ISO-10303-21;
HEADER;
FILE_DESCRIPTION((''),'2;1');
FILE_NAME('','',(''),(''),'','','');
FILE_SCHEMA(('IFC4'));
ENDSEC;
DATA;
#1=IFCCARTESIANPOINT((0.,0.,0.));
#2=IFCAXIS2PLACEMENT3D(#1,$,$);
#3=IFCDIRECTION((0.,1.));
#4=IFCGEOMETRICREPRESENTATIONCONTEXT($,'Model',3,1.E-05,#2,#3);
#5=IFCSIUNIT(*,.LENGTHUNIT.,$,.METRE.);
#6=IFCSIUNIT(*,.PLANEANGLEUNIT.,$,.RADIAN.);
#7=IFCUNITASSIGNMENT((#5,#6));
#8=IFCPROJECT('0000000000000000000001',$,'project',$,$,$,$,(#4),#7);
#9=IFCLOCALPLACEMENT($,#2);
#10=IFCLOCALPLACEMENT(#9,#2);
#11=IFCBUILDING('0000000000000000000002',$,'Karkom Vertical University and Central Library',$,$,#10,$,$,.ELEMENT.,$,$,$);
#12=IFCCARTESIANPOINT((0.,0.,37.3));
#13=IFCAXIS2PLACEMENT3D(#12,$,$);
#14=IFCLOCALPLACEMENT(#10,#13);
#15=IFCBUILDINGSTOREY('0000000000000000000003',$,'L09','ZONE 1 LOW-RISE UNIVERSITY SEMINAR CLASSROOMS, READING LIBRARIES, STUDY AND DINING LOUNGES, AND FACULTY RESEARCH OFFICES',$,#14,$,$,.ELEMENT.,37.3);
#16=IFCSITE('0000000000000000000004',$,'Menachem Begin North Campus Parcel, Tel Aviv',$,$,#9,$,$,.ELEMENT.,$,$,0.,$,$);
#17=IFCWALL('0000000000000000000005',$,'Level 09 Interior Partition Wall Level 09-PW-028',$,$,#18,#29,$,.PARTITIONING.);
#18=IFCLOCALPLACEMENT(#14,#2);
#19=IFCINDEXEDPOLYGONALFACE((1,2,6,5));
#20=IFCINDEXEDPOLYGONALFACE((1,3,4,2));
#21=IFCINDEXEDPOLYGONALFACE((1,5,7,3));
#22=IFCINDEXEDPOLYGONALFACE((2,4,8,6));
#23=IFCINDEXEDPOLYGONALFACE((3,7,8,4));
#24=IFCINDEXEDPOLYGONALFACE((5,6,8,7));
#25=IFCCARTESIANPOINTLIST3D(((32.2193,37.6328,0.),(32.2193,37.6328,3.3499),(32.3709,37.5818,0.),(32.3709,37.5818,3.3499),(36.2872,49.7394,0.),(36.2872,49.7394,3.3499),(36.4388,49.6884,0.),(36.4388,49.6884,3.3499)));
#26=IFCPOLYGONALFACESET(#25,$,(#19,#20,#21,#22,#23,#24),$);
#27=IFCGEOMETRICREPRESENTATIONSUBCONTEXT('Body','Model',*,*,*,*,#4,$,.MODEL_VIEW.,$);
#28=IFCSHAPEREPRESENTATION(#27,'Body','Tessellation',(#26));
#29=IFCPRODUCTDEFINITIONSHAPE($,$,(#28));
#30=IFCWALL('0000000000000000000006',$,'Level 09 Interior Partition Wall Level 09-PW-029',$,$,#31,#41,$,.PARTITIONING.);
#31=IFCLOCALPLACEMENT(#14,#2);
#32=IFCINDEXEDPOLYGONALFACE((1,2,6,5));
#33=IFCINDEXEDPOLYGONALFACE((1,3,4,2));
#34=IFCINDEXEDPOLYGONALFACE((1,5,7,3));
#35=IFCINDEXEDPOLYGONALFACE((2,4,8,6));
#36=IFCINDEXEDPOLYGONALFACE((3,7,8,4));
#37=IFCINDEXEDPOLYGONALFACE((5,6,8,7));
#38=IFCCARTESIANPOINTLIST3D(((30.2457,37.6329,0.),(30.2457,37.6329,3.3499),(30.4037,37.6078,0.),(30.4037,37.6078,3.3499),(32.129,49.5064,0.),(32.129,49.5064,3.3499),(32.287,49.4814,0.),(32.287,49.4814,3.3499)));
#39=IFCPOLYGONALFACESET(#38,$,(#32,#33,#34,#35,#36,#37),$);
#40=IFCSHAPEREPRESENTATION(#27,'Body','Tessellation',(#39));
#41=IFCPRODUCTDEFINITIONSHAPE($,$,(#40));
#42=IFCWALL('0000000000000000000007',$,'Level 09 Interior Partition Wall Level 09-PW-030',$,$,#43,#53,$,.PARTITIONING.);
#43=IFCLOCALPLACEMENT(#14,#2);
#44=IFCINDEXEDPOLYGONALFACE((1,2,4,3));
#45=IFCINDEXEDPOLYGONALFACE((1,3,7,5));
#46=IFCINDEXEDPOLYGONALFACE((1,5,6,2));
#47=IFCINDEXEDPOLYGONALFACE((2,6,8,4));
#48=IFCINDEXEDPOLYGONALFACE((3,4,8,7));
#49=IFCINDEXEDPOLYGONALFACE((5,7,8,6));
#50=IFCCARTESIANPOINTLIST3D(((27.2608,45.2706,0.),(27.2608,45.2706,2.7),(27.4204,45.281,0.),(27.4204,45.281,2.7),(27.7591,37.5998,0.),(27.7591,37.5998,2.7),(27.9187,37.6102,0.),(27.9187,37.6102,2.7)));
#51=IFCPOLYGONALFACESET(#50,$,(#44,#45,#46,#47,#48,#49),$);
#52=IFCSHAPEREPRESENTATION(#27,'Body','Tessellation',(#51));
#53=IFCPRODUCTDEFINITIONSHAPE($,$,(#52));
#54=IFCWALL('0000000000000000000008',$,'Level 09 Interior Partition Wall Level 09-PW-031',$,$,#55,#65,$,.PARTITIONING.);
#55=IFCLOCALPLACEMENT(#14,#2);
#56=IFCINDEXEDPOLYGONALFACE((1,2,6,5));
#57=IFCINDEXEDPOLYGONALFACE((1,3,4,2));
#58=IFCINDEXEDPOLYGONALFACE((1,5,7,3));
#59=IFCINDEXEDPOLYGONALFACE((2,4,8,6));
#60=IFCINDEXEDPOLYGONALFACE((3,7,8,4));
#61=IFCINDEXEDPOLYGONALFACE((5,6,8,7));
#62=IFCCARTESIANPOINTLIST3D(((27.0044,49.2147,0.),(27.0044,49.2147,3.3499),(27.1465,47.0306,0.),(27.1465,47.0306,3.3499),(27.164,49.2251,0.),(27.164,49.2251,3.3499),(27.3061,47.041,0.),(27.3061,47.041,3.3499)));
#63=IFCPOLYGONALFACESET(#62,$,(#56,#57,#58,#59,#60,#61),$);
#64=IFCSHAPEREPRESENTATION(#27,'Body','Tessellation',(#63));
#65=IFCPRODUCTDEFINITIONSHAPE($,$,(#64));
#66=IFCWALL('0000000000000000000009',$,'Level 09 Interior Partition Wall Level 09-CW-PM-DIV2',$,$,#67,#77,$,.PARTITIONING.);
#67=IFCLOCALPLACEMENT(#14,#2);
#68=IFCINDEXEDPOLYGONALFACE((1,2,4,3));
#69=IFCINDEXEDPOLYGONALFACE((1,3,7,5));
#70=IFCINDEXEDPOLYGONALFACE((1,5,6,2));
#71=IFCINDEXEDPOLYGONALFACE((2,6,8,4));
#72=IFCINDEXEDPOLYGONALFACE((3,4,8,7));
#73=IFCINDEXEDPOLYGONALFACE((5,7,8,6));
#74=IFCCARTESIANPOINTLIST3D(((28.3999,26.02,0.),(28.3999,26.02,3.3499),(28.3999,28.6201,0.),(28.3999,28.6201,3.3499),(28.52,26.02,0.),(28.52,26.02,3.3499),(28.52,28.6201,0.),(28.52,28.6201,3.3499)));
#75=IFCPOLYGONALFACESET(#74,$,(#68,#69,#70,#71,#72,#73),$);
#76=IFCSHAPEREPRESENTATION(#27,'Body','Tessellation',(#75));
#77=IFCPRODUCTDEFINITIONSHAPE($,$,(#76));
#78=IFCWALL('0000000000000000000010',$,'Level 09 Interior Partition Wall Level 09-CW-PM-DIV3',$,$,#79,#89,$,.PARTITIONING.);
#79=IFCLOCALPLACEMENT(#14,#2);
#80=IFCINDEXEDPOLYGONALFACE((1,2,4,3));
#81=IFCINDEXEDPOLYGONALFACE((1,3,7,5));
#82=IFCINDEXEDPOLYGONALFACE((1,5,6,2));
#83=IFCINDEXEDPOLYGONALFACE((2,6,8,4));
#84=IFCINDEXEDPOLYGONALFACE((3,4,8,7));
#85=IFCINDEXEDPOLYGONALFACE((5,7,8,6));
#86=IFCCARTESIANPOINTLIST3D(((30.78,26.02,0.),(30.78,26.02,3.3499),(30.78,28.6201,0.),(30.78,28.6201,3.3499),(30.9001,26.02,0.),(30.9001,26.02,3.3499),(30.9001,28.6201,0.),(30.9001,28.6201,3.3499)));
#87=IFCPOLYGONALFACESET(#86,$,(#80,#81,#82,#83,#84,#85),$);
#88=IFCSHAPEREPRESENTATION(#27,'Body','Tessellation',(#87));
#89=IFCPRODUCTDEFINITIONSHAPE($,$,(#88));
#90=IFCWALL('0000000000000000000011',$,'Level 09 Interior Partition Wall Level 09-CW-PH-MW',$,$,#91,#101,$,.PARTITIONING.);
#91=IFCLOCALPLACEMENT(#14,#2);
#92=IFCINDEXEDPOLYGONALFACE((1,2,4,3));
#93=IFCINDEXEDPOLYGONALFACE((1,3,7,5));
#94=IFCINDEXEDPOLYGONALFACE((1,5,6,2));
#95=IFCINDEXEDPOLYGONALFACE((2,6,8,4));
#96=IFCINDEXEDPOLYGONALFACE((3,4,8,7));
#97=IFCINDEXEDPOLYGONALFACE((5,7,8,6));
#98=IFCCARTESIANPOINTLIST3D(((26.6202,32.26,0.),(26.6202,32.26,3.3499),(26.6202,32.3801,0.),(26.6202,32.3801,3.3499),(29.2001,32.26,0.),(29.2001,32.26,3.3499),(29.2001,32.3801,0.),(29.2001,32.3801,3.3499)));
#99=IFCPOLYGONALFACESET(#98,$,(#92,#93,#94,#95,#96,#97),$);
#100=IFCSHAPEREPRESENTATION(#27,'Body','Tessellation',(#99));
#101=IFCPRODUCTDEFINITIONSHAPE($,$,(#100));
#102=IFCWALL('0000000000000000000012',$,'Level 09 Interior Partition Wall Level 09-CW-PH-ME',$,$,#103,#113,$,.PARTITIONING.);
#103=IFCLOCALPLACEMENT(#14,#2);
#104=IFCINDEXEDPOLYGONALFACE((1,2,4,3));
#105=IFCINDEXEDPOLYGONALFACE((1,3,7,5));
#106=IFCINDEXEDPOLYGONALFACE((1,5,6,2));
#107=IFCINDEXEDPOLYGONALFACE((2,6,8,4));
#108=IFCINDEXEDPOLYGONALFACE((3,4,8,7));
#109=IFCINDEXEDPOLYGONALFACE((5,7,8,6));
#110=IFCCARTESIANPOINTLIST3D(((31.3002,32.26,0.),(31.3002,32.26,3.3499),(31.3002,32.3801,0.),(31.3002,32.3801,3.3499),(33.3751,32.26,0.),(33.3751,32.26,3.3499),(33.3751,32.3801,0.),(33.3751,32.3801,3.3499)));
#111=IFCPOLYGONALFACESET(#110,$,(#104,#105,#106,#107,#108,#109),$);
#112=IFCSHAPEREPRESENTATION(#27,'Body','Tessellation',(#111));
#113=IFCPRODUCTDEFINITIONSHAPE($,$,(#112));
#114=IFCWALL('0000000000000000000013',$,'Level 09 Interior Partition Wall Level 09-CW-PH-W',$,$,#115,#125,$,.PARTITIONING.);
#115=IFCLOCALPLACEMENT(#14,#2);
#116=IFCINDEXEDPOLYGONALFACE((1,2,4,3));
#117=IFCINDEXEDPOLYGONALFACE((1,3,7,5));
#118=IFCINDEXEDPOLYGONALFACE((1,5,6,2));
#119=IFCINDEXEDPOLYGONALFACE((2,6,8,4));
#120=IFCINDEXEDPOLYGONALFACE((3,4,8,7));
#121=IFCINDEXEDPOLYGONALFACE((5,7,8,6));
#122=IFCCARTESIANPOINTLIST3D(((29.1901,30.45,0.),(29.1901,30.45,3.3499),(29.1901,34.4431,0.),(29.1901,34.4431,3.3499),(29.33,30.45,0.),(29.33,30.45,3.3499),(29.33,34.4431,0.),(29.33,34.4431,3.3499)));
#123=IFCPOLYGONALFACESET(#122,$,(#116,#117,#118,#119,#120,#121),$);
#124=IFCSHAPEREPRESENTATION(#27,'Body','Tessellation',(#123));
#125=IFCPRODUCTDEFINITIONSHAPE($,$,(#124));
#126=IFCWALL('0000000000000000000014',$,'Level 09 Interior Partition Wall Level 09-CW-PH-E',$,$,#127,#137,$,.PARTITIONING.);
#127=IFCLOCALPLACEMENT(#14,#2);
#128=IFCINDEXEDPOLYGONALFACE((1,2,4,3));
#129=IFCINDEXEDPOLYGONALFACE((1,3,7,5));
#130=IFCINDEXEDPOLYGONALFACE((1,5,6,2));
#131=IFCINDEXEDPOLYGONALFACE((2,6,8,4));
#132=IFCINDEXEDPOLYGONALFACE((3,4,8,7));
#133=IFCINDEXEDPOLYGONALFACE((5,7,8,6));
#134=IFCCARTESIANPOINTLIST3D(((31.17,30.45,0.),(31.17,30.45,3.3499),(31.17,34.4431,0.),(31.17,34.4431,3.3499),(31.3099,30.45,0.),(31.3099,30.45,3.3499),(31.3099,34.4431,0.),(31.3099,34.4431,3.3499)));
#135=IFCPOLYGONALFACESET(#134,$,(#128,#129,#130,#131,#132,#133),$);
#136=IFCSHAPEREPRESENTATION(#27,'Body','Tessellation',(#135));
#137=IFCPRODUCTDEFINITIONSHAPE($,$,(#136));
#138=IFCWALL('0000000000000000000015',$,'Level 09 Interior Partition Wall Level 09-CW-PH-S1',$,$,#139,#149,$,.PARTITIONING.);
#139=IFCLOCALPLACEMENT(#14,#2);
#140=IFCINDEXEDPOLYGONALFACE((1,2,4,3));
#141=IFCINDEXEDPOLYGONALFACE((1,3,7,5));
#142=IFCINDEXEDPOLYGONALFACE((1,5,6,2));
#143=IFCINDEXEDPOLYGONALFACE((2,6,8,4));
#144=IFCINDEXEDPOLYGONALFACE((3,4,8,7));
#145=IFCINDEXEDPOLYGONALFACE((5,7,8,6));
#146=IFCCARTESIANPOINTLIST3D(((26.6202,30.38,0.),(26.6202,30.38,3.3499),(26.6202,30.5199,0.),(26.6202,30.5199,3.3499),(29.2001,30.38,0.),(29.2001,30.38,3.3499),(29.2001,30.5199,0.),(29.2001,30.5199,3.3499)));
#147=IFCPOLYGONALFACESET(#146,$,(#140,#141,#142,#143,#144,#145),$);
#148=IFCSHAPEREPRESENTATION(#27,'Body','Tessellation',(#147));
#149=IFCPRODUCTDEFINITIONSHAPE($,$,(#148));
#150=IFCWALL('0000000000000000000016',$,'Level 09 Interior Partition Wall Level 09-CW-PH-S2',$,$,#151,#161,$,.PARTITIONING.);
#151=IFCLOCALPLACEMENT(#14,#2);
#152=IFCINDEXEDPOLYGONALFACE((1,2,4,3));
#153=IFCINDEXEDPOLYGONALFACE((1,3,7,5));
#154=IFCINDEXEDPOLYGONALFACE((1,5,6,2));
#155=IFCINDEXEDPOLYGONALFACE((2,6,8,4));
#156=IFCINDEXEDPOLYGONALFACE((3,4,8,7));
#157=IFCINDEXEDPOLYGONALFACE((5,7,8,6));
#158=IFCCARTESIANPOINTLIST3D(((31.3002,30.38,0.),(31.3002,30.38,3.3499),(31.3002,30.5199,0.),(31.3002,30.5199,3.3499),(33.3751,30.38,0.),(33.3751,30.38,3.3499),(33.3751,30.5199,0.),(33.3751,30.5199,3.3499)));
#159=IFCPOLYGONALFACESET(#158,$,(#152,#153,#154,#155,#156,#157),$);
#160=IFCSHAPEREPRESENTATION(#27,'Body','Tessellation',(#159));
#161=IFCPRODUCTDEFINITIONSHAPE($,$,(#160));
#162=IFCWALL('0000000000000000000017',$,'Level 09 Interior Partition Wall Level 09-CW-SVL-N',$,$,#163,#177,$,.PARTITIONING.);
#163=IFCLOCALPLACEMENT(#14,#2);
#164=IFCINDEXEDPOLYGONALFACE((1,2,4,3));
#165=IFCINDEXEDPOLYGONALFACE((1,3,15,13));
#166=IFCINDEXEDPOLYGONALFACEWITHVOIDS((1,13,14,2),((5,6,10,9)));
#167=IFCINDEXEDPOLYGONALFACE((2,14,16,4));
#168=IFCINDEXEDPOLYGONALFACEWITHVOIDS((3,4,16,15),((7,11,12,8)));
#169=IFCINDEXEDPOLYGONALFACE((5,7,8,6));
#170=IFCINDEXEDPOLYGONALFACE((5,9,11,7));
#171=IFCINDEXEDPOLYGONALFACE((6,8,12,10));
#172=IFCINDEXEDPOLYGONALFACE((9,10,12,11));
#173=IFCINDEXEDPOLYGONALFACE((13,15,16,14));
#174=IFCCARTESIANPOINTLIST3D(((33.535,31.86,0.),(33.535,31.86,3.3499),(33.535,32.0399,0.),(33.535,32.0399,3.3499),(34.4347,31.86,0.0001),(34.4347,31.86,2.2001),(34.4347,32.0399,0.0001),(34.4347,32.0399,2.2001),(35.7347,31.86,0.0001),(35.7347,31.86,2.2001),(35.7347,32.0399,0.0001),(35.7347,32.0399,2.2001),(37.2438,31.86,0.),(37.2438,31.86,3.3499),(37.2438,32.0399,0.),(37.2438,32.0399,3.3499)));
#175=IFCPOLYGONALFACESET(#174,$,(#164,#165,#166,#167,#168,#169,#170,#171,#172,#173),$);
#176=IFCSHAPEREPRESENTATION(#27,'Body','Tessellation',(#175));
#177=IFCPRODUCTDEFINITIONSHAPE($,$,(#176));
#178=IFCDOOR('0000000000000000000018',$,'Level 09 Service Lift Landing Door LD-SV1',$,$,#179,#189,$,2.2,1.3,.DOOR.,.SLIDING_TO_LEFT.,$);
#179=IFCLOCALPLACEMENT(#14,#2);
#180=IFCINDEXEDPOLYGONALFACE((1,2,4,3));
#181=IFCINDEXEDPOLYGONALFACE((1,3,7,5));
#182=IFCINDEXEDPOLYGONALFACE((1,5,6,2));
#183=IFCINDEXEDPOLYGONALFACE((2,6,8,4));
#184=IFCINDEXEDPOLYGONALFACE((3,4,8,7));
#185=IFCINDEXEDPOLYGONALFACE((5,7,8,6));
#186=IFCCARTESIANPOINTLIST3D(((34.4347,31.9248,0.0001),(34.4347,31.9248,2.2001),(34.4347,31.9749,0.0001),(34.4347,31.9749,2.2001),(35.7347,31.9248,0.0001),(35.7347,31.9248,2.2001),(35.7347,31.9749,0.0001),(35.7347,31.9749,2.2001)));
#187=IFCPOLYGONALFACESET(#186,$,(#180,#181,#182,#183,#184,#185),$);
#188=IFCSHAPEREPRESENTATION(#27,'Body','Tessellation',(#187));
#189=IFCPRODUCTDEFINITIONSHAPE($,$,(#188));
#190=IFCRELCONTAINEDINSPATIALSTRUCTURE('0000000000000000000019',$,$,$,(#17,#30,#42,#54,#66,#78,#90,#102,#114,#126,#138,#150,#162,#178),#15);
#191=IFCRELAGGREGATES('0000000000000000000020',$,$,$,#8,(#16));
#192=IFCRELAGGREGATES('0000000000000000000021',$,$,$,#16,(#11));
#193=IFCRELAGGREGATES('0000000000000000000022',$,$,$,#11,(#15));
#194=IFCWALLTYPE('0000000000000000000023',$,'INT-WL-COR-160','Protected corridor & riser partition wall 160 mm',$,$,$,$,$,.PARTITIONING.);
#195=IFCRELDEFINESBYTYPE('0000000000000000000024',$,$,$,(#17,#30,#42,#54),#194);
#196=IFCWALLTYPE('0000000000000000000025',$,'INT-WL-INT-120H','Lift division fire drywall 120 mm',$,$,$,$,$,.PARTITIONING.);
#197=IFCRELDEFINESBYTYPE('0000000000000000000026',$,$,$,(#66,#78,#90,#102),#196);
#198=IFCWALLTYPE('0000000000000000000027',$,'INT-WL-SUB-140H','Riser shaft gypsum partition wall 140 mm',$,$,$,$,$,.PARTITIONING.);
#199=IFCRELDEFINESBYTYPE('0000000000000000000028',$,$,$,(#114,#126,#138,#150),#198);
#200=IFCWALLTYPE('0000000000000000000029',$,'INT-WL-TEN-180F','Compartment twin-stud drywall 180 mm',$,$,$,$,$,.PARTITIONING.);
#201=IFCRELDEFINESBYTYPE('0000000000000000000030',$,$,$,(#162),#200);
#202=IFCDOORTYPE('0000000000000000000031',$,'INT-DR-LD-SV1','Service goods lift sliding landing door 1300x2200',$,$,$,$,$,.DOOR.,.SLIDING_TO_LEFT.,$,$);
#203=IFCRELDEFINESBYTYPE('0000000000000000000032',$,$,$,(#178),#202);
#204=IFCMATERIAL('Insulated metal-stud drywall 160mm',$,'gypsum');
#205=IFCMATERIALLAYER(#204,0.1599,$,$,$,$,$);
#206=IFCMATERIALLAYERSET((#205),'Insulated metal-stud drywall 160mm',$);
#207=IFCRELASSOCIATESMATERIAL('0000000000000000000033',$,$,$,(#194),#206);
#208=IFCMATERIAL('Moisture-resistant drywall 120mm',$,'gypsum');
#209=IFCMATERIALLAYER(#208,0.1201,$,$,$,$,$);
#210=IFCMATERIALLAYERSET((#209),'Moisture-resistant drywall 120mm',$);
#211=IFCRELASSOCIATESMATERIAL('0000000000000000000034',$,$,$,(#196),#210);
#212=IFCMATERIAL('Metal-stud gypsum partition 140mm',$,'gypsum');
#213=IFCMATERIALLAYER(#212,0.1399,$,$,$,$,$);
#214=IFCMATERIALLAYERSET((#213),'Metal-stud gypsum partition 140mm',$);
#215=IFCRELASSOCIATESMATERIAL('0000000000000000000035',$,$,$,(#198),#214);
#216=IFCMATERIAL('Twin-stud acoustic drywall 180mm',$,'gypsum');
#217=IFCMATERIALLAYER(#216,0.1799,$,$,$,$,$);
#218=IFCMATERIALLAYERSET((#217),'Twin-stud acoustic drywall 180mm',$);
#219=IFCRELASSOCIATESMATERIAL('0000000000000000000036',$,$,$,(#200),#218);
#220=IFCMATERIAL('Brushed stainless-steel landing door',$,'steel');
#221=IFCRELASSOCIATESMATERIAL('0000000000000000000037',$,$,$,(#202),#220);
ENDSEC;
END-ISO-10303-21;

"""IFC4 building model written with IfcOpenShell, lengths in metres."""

from ifc_helpers import new_model, si_unit, direction, frame, frame_2d, origin, origin_with_axes, place, context, subcontext, project, spatial, rectangle, extrude, source, transform, mapped, material, layer, layer_set, type_object, element, fill, save


model = new_model("IFC4")

# Units and contexts
model_context = context("Model", 3, precision=1e-05, world=origin(), true_north=direction((0.0, 1.0)))
body_context = subcontext(model_context, "Body", "Model", "MODEL_VIEW")
ifc_project = project(units=[si_unit("LENGTHUNIT", "METRE"), si_unit("PLANEANGLEUNIT", "RADIAN")], contexts=[model_context])

# Site, building, storey
site_placement = place(None, origin())
site = spatial("IfcSite", under=ifc_project, at=site_placement, Name="Menachem Begin North Campus Parcel, Tel Aviv", CompositionType="ELEMENT", RefElevation=0.0)
building_placement = place(site_placement, origin())
building = spatial("IfcBuilding", under=site, at=building_placement, Name="Karkom Vertical University and Central Library", CompositionType="ELEMENT")
storey_placement = place(building_placement, frame((0.0, 0.0, 37.3)))
storey = spatial("IfcBuildingStorey", under=building, at=storey_placement, Name="L09", Description="ZONE 1 LOW-RISE UNIVERSITY SEMINAR CLASSROOMS, READING LIBRARIES, STUDY AND DINING LOUNGES, AND FACULTY RESEARCH OFFICES", CompositionType="ELEMENT", Elevation=37.3)

# Shared definitions
ifc_material_1 = material(Name="Insulated metal-stud drywall 160mm", Category="gypsum")
ifc_layer_1 = layer(ifc_material_1, 0.1599)
ifc_layer_set_1 = layer_set([ifc_layer_1], Name="Insulated metal-stud drywall 160mm")
wall_type_1 = type_object("IfcWallType", Name="INT-WL-COR-160", Description="Protected corridor & riser partition wall 160 mm", PredefinedType="PARTITIONING", material=ifc_layer_set_1)

# Walls
wall_1_placement = place(storey_placement, frame((32.2952, 37.6074, 0.0), z_axis=(0.0, 0.0, 1.0), x_axis=(0.318504, 0.947922, 0.0)))
element("IfcWall", 1, at=wall_1_placement, inside=storey, type_object=wall_type_1, Name="Level 09 Interior Partition Wall Level 09-PW-028", PredefinedType="PARTITIONING", context=body_context, shape_type="SweptSolid", body=[
    extrude(rectangle(XDim=12.7717, YDim=0.1599, at=frame_2d((6.3857, 0.0))), origin(), (0.0, 0.0, 1.0), 3.3499),
])
wall_2_placement = place(storey_placement, frame((30.3247, 37.6204, 0.0), z_axis=(0.0, 0.0, 1.0), x_axis=(0.156655, 0.987653, 0.0)))
element("IfcWall", 2, at=wall_2_placement, inside=storey, type_object=wall_type_1, Name="Level 09 Interior Partition Wall Level 09-PW-029", PredefinedType="PARTITIONING", context=body_context, shape_type="SweptSolid", body=[
    extrude(rectangle(XDim=12.022, YDim=0.1599, at=frame_2d((6.011, 0.0))), origin(), (0.0, 0.0, 1.0), 3.3499),
])
wall_3_placement = place(storey_placement, frame((27.8389, 37.605, 0.0), z_axis=(0.0, 0.0, 1.0), x_axis=(-0.064822, 0.997897, 0.0)))
element("IfcWall", 3, at=wall_3_placement, inside=storey, type_object=wall_type_1, Name="Level 09 Interior Partition Wall Level 09-PW-030", PredefinedType="PARTITIONING", context=body_context, shape_type="SweptSolid", body=[
    extrude(rectangle(XDim=7.687, YDim=0.1599, at=frame_2d((3.8435, 0.0))), origin(), (0.0, 0.0, 1.0), 2.7),
])
wall_4_placement = place(storey_placement, frame((27.2263, 47.0359, 0.0), z_axis=(0.0, 0.0, 1.0), x_axis=(-0.06492, 0.99789, 0.0)))
element("IfcWall", 4, at=wall_4_placement, inside=storey, type_object=wall_type_1, Name="Level 09 Interior Partition Wall Level 09-PW-031", PredefinedType="PARTITIONING", context=body_context, shape_type="SweptSolid", body=[
    extrude(rectangle(XDim=2.1887, YDim=0.1599, at=frame_2d((1.0942, 0.0))), origin(), (0.0, 0.0, 1.0), 3.3499),
])
ifc_material_2 = material(Name="Moisture-resistant drywall 120mm", Category="gypsum")
ifc_layer_2 = layer(ifc_material_2, 0.1201)
ifc_layer_set_2 = layer_set([ifc_layer_2], Name="Moisture-resistant drywall 120mm")
wall_type_2 = type_object("IfcWallType", Name="INT-WL-INT-120H", Description="Lift division fire drywall 120 mm", PredefinedType="PARTITIONING", material=ifc_layer_set_2)
for number, where, z_axis, x_axis, name in (
    (5, (28.46, 26.02, 0.0), (0.0, 0.0, 1.0), (0.0, 1.0, 0.0), "Level 09 Interior Partition Wall Level 09-CW-PM-DIV2"),
    (6, (30.8401, 26.02, 0.0), (0.0, 0.0, 1.0), (0.0, 1.0, 0.0), "Level 09 Interior Partition Wall Level 09-CW-PM-DIV3"),
):
    element("IfcWall", number, at=place(storey_placement, frame(where, z_axis=z_axis, x_axis=x_axis)), inside=storey, type_object=wall_type_2, Name=name, PredefinedType="PARTITIONING", context=body_context, shape_type="SweptSolid", body=[
        extrude(rectangle(XDim=2.6001, YDim=0.1201, at=frame_2d((1.3, 0.0))), origin(), (0.0, 0.0, 1.0), 3.3499),
    ])
wall_5_placement = place(storey_placement, frame((26.6201, 32.3201, 0.0), z_axis=(0.0, 0.0, 1.0), x_axis=(1.0, 0.0, 0.0)))
element("IfcWall", 7, at=wall_5_placement, inside=storey, type_object=wall_type_2, Name="Level 09 Interior Partition Wall Level 09-CW-PH-MW", PredefinedType="PARTITIONING", context=body_context, shape_type="SweptSolid", body=[
    extrude(rectangle(XDim=2.5798, YDim=0.1201, at=frame_2d((1.29, 0.0))), origin(), (0.0, 0.0, 1.0), 3.3499),
])
wall_6_placement = place(storey_placement, frame((31.3, 32.3201, 0.0), z_axis=(0.0, 0.0, 1.0), x_axis=(1.0, 0.0, 0.0)))
element("IfcWall", 8, at=wall_6_placement, inside=storey, type_object=wall_type_2, Name="Level 09 Interior Partition Wall Level 09-CW-PH-ME", PredefinedType="PARTITIONING", context=body_context, shape_type="SweptSolid", body=[
    extrude(rectangle(XDim=2.075, YDim=0.1201, at=frame_2d((1.0376, 0.0))), origin(), (0.0, 0.0, 1.0), 3.3499),
])
ifc_material_3 = material(Name="Metal-stud gypsum partition 140mm", Category="gypsum")
ifc_layer_3 = layer(ifc_material_3, 0.1399)
ifc_layer_set_3 = layer_set([ifc_layer_3], Name="Metal-stud gypsum partition 140mm")
wall_type_3 = type_object("IfcWallType", Name="INT-WL-SUB-140H", Description="Riser shaft gypsum partition wall 140 mm", PredefinedType="PARTITIONING", material=ifc_layer_set_3)
for number, where, z_axis, x_axis, name in (
    (9, (29.26, 30.45, 0.0), (0.0, 0.0, 1.0), (0.0, 1.0, 0.0), "Level 09 Interior Partition Wall Level 09-CW-PH-W"),
    (10, (31.24, 30.45, 0.0), (0.0, 0.0, 1.0), (0.0, 1.0, 0.0), "Level 09 Interior Partition Wall Level 09-CW-PH-E"),
):
    element("IfcWall", number, at=place(storey_placement, frame(where, z_axis=z_axis, x_axis=x_axis)), inside=storey, type_object=wall_type_3, Name=name, PredefinedType="PARTITIONING", context=body_context, shape_type="SweptSolid", body=[
        extrude(rectangle(XDim=3.9932, YDim=0.1399, at=frame_2d((1.9966, 0.0))), origin(), (0.0, 0.0, 1.0), 3.3499),
    ])
wall_7_placement = place(storey_placement, frame((26.6201, 30.45, 0.0), z_axis=(0.0, 0.0, 1.0), x_axis=(1.0, 0.0, 0.0)))
element("IfcWall", 11, at=wall_7_placement, inside=storey, type_object=wall_type_3, Name="Level 09 Interior Partition Wall Level 09-CW-PH-S1", PredefinedType="PARTITIONING", context=body_context, shape_type="SweptSolid", body=[
    extrude(rectangle(XDim=2.5798, YDim=0.1399, at=frame_2d((1.29, 0.0))), origin(), (0.0, 0.0, 1.0), 3.3499),
])
wall_8_placement = place(storey_placement, frame((31.3, 30.45, 0.0), z_axis=(0.0, 0.0, 1.0), x_axis=(1.0, 0.0, 0.0)))
element("IfcWall", 12, at=wall_8_placement, inside=storey, type_object=wall_type_3, Name="Level 09 Interior Partition Wall Level 09-CW-PH-S2", PredefinedType="PARTITIONING", context=body_context, shape_type="SweptSolid", body=[
    extrude(rectangle(XDim=2.075, YDim=0.1399, at=frame_2d((1.0376, 0.0))), origin(), (0.0, 0.0, 1.0), 3.3499),
])

# Wall, opening, door
ifc_material_4 = material(Name="Twin-stud acoustic drywall 180mm", Category="gypsum")
ifc_layer_4 = layer(ifc_material_4, 0.1799)
ifc_layer_set_4 = layer_set([ifc_layer_4], Name="Twin-stud acoustic drywall 180mm")
wall_type_4 = type_object("IfcWallType", Name="INT-WL-TEN-180F", Description="Compartment twin-stud drywall 180 mm", PredefinedType="PARTITIONING", material=ifc_layer_set_4)
wall_9_placement = place(storey_placement, frame((33.5349, 31.95, 0.0), z_axis=(0.0, 0.0, 1.0), x_axis=(1.0, 0.0, 0.0)))
wall_9 = element("IfcWall", 13, at=wall_9_placement, inside=storey, type_object=wall_type_4, Name="Level 09 Interior Partition Wall Level 09-CW-SVL-N", PredefinedType="PARTITIONING", context=body_context, shape_type="SweptSolid", body=[
    extrude(rectangle(XDim=3.7087, YDim=0.1799, at=frame_2d((1.8545, 0.0))), origin(), (0.0, 0.0, 1.0), 3.3499),
])
opening_1_placement = place(wall_9_placement, frame((0.8999, 0.0, 0.0)))
opening_1 = element("IfcOpeningElement", 14, at=opening_1_placement, cuts=wall_9, PredefinedType="OPENING", context=body_context, shape_type="SweptSolid", body=[
    extrude(rectangle(XDim=1.3, YDim=2.2, at=frame_2d((0.6499, 1.1001))), frame((0.0, 0.1001, 0.0), z_axis=(0.0, -1.0, 0.0), x_axis=(1.0, 0.0, 0.0)), (0.0, 0.0, 1.0), 0.2),
])
ifc_material_5 = material(Name="Brushed stainless-steel landing door", Category="steel")
door_type_1 = type_object("IfcDoorType", Name="INT-DR-LD-SV1", Description="Service goods lift sliding landing door 1300x2200", OperationType="SLIDING_TO_LEFT", PredefinedType="DOOR", material=ifc_material_5)
shared_shape_1 = source(origin_with_axes(), body_context, "Body", "SweptSolid", [
    extrude(rectangle(XDim=1.3, YDim=2.2, at=frame_2d((0.6499, 1.1001))), frame((0.0, 0.0249, 0.0), z_axis=(0.0, -1.0, 0.0), x_axis=(1.0, 0.0, 0.0)), (0.0, 0.0, 1.0), 0.05),
])
door_1_placement = place(opening_1_placement, origin())
door_1 = element("IfcDoor", 15, at=door_1_placement, inside=storey, type_object=door_type_1, Name="Level 09 Service Lift Landing Door LD-SV1", OperationType="SLIDING_TO_LEFT", OverallHeight=2.2, OverallWidth=1.3, PredefinedType="DOOR", context=body_context, shape_type="MappedRepresentation", body=[
    mapped(shared_shape_1, transform((0.0, 0.0, 0.0), scale=1.0)),
])
fill(opening_1, door_1)

save(model, "model.ifc")
